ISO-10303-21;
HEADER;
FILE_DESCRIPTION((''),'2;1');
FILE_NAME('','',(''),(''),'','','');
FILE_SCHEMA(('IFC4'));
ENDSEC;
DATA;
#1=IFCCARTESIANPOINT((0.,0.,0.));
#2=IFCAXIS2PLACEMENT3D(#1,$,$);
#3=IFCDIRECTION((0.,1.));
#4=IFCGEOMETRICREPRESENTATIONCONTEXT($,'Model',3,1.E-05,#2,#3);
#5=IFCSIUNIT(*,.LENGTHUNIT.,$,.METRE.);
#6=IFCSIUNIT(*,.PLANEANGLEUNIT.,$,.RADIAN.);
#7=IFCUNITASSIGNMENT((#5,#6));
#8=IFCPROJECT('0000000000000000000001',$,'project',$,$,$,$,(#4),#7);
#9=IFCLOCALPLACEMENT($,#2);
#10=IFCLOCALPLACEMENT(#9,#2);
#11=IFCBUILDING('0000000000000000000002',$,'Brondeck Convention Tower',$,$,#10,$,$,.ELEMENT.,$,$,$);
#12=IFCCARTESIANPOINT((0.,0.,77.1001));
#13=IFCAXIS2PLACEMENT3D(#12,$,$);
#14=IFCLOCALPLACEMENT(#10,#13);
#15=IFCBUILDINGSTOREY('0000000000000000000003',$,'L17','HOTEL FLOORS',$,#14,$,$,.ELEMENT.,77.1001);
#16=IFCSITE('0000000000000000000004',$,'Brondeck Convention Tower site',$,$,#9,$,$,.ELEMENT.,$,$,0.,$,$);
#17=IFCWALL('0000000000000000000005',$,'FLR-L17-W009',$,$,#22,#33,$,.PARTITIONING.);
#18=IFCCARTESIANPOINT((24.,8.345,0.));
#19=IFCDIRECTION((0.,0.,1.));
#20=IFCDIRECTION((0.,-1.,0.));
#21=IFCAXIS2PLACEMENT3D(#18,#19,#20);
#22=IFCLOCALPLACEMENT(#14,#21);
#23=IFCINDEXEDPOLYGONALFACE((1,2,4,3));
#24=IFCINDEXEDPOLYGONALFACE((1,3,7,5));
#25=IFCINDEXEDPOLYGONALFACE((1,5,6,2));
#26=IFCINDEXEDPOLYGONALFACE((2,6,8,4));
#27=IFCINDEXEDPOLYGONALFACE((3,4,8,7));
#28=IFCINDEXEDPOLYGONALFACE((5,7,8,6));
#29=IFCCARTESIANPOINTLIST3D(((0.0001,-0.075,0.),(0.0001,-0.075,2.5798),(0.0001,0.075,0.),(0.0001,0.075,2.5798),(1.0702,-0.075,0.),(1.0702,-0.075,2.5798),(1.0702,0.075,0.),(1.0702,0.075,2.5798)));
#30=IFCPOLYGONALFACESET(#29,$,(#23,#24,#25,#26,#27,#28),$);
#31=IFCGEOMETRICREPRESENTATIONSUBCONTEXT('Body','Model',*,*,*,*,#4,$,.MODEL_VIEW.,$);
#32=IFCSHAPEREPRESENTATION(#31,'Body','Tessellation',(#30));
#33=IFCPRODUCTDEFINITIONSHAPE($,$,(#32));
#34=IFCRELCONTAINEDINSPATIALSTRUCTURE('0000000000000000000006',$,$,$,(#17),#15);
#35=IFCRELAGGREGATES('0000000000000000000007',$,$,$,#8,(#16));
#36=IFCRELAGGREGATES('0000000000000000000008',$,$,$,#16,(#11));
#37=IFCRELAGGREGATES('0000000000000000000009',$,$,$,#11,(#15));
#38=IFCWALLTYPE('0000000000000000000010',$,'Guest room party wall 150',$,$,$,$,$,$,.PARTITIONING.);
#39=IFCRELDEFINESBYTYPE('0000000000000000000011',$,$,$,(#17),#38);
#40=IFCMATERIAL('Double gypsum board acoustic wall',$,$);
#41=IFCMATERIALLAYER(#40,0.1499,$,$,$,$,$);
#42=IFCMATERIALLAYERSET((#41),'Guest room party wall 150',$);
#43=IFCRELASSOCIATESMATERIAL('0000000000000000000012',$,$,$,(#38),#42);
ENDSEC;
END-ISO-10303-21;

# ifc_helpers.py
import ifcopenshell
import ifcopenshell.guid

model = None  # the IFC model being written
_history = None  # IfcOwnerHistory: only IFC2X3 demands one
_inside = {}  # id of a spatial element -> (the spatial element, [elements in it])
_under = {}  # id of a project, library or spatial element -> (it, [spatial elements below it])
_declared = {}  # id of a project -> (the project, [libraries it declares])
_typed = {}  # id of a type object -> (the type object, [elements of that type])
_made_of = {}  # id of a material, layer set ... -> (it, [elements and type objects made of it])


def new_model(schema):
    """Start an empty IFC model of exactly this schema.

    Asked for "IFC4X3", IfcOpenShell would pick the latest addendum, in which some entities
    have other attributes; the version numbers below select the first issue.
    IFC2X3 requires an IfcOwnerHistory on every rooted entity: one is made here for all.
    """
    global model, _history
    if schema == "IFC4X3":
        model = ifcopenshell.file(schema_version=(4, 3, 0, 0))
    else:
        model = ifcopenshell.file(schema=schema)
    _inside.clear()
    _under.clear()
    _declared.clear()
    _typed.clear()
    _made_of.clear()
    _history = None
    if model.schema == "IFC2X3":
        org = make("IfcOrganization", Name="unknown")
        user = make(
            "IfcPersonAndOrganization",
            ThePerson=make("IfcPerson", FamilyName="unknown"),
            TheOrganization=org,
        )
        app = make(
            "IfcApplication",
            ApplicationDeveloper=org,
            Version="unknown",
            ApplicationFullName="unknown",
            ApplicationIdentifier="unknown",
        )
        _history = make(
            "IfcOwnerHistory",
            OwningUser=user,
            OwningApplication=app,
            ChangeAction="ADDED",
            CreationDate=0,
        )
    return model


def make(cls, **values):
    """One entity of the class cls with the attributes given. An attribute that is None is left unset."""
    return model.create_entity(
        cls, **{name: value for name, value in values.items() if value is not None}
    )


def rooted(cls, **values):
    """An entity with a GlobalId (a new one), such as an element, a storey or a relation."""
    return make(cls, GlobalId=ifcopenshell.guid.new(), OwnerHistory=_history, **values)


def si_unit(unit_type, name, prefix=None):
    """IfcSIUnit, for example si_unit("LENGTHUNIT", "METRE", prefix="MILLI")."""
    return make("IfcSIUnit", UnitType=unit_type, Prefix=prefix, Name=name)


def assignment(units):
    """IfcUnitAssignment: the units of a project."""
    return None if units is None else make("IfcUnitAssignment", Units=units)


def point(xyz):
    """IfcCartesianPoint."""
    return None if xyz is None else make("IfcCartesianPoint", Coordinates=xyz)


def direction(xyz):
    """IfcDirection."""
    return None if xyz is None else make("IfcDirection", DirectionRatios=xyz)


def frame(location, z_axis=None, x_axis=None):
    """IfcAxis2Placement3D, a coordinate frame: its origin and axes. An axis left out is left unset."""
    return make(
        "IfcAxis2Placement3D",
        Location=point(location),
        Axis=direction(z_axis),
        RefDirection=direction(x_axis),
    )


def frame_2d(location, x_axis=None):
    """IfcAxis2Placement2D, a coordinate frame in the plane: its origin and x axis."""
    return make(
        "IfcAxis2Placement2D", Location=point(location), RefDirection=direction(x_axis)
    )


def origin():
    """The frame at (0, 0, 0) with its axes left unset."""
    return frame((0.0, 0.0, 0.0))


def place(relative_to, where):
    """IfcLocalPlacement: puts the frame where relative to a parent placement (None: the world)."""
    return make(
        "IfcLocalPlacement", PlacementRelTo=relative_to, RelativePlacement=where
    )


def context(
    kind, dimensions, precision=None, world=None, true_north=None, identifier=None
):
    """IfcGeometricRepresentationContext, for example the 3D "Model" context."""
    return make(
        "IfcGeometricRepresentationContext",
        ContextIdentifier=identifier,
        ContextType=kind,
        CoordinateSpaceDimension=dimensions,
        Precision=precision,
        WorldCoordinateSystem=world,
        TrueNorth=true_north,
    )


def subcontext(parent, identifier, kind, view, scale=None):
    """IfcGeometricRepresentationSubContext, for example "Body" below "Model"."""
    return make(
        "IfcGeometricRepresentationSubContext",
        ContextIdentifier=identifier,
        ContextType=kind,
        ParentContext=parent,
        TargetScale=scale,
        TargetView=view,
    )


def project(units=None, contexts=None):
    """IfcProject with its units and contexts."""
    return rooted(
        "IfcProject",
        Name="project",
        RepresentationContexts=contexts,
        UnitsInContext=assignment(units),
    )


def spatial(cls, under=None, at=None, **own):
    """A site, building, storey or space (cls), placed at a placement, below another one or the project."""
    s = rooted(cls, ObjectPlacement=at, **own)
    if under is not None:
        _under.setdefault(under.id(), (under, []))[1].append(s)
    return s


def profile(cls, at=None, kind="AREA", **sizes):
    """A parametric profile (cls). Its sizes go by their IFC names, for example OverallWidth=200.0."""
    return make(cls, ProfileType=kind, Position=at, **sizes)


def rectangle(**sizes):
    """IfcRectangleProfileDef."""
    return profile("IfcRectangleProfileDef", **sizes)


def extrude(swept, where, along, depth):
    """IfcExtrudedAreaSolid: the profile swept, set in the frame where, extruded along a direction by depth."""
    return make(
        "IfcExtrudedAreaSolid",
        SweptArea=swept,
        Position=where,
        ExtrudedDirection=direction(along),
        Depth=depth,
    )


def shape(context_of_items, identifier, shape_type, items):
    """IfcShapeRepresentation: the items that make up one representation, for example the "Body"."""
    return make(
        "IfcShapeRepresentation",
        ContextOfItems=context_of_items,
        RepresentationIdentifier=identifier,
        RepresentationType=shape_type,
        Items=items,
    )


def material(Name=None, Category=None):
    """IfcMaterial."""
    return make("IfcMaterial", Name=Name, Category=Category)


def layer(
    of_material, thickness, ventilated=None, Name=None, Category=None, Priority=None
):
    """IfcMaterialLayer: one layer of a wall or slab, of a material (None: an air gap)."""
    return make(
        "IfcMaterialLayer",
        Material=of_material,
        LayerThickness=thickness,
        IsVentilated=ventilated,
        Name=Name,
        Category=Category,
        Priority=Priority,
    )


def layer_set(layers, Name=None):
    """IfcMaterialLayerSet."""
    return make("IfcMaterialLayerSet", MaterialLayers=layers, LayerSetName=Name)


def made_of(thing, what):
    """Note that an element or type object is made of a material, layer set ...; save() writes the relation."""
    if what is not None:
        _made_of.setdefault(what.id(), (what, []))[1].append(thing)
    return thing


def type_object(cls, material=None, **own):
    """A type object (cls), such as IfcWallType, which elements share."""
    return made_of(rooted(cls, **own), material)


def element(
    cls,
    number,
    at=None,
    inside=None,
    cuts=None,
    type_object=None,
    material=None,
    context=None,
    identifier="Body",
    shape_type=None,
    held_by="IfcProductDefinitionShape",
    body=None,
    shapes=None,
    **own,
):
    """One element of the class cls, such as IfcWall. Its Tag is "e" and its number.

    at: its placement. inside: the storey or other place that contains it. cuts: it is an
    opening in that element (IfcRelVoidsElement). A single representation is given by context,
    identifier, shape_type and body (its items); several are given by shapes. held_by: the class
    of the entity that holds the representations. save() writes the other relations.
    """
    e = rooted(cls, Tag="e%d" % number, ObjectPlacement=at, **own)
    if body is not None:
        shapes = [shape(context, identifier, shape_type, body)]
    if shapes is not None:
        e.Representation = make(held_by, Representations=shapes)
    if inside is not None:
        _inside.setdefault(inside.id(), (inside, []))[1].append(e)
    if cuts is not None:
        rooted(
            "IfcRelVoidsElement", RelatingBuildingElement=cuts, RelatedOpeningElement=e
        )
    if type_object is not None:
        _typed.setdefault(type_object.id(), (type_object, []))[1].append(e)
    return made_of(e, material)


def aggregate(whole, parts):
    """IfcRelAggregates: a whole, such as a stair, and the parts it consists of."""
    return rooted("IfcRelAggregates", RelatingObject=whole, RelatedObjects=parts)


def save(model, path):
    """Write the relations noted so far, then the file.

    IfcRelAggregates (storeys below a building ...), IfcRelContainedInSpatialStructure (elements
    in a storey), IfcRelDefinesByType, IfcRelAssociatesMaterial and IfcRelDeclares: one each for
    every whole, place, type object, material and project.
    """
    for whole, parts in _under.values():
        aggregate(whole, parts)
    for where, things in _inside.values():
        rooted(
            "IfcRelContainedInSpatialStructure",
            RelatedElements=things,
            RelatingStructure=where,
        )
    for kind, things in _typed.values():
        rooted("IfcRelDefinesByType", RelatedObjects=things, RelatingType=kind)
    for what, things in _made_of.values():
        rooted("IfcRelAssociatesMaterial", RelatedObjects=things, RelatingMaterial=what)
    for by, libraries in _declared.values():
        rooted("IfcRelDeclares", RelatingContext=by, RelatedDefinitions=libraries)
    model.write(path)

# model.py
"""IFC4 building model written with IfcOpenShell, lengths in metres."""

from ifc_helpers import new_model, si_unit, direction, frame, frame_2d, origin, place, context, subcontext, project, spatial, rectangle, extrude, material, layer, layer_set, type_object, element, save


model = new_model("IFC4")

# Units and contexts
model_context = context("Model", 3, precision=1e-05, world=origin(), true_north=direction((0.0, 1.0)))
body_context = subcontext(model_context, "Body", "Model", "MODEL_VIEW")
ifc_project = project(units=[si_unit("LENGTHUNIT", "METRE"), si_unit("PLANEANGLEUNIT", "RADIAN")], contexts=[model_context])

# Site, building, storey
site_placement = place(None, origin())
site = spatial("IfcSite", under=ifc_project, at=site_placement, Name="Brondeck Convention Tower site", CompositionType="ELEMENT", RefElevation=0.0)
building_placement = place(site_placement, origin())
building = spatial("IfcBuilding", under=site, at=building_placement, Name="Brondeck Convention Tower", CompositionType="ELEMENT")
storey_placement = place(building_placement, frame((0.0, 0.0, 77.1001)))
storey = spatial("IfcBuildingStorey", under=building, at=storey_placement, Name="L17", Description="HOTEL FLOORS", CompositionType="ELEMENT", Elevation=77.1001)

# Shared definitions
ifc_material_1 = material(Name="Double gypsum board acoustic wall")
ifc_layer_1 = layer(ifc_material_1, 0.1499)
ifc_layer_set_1 = layer_set([ifc_layer_1], Name="Guest room party wall 150")
wall_type_1 = type_object("IfcWallType", Name="Guest room party wall 150", PredefinedType="PARTITIONING", material=ifc_layer_set_1)

# Wall
wall_1_placement = place(storey_placement, frame((24.0, 8.345, 0.0), z_axis=(0.0, 0.0, 1.0), x_axis=(0.0, -1.0, 0.0)))
element("IfcWall", 1, at=wall_1_placement, inside=storey, type_object=wall_type_1, Name="FLR-L17-W009", PredefinedType="PARTITIONING", context=body_context, shape_type="SweptSolid", body=[
    extrude(rectangle(XDim=1.0701, YDim=0.1499, at=frame_2d((0.5352, 0.0))), origin(), (0.0, 0.0, 1.0), 2.5798),
])

save(model, "model.ifc")
